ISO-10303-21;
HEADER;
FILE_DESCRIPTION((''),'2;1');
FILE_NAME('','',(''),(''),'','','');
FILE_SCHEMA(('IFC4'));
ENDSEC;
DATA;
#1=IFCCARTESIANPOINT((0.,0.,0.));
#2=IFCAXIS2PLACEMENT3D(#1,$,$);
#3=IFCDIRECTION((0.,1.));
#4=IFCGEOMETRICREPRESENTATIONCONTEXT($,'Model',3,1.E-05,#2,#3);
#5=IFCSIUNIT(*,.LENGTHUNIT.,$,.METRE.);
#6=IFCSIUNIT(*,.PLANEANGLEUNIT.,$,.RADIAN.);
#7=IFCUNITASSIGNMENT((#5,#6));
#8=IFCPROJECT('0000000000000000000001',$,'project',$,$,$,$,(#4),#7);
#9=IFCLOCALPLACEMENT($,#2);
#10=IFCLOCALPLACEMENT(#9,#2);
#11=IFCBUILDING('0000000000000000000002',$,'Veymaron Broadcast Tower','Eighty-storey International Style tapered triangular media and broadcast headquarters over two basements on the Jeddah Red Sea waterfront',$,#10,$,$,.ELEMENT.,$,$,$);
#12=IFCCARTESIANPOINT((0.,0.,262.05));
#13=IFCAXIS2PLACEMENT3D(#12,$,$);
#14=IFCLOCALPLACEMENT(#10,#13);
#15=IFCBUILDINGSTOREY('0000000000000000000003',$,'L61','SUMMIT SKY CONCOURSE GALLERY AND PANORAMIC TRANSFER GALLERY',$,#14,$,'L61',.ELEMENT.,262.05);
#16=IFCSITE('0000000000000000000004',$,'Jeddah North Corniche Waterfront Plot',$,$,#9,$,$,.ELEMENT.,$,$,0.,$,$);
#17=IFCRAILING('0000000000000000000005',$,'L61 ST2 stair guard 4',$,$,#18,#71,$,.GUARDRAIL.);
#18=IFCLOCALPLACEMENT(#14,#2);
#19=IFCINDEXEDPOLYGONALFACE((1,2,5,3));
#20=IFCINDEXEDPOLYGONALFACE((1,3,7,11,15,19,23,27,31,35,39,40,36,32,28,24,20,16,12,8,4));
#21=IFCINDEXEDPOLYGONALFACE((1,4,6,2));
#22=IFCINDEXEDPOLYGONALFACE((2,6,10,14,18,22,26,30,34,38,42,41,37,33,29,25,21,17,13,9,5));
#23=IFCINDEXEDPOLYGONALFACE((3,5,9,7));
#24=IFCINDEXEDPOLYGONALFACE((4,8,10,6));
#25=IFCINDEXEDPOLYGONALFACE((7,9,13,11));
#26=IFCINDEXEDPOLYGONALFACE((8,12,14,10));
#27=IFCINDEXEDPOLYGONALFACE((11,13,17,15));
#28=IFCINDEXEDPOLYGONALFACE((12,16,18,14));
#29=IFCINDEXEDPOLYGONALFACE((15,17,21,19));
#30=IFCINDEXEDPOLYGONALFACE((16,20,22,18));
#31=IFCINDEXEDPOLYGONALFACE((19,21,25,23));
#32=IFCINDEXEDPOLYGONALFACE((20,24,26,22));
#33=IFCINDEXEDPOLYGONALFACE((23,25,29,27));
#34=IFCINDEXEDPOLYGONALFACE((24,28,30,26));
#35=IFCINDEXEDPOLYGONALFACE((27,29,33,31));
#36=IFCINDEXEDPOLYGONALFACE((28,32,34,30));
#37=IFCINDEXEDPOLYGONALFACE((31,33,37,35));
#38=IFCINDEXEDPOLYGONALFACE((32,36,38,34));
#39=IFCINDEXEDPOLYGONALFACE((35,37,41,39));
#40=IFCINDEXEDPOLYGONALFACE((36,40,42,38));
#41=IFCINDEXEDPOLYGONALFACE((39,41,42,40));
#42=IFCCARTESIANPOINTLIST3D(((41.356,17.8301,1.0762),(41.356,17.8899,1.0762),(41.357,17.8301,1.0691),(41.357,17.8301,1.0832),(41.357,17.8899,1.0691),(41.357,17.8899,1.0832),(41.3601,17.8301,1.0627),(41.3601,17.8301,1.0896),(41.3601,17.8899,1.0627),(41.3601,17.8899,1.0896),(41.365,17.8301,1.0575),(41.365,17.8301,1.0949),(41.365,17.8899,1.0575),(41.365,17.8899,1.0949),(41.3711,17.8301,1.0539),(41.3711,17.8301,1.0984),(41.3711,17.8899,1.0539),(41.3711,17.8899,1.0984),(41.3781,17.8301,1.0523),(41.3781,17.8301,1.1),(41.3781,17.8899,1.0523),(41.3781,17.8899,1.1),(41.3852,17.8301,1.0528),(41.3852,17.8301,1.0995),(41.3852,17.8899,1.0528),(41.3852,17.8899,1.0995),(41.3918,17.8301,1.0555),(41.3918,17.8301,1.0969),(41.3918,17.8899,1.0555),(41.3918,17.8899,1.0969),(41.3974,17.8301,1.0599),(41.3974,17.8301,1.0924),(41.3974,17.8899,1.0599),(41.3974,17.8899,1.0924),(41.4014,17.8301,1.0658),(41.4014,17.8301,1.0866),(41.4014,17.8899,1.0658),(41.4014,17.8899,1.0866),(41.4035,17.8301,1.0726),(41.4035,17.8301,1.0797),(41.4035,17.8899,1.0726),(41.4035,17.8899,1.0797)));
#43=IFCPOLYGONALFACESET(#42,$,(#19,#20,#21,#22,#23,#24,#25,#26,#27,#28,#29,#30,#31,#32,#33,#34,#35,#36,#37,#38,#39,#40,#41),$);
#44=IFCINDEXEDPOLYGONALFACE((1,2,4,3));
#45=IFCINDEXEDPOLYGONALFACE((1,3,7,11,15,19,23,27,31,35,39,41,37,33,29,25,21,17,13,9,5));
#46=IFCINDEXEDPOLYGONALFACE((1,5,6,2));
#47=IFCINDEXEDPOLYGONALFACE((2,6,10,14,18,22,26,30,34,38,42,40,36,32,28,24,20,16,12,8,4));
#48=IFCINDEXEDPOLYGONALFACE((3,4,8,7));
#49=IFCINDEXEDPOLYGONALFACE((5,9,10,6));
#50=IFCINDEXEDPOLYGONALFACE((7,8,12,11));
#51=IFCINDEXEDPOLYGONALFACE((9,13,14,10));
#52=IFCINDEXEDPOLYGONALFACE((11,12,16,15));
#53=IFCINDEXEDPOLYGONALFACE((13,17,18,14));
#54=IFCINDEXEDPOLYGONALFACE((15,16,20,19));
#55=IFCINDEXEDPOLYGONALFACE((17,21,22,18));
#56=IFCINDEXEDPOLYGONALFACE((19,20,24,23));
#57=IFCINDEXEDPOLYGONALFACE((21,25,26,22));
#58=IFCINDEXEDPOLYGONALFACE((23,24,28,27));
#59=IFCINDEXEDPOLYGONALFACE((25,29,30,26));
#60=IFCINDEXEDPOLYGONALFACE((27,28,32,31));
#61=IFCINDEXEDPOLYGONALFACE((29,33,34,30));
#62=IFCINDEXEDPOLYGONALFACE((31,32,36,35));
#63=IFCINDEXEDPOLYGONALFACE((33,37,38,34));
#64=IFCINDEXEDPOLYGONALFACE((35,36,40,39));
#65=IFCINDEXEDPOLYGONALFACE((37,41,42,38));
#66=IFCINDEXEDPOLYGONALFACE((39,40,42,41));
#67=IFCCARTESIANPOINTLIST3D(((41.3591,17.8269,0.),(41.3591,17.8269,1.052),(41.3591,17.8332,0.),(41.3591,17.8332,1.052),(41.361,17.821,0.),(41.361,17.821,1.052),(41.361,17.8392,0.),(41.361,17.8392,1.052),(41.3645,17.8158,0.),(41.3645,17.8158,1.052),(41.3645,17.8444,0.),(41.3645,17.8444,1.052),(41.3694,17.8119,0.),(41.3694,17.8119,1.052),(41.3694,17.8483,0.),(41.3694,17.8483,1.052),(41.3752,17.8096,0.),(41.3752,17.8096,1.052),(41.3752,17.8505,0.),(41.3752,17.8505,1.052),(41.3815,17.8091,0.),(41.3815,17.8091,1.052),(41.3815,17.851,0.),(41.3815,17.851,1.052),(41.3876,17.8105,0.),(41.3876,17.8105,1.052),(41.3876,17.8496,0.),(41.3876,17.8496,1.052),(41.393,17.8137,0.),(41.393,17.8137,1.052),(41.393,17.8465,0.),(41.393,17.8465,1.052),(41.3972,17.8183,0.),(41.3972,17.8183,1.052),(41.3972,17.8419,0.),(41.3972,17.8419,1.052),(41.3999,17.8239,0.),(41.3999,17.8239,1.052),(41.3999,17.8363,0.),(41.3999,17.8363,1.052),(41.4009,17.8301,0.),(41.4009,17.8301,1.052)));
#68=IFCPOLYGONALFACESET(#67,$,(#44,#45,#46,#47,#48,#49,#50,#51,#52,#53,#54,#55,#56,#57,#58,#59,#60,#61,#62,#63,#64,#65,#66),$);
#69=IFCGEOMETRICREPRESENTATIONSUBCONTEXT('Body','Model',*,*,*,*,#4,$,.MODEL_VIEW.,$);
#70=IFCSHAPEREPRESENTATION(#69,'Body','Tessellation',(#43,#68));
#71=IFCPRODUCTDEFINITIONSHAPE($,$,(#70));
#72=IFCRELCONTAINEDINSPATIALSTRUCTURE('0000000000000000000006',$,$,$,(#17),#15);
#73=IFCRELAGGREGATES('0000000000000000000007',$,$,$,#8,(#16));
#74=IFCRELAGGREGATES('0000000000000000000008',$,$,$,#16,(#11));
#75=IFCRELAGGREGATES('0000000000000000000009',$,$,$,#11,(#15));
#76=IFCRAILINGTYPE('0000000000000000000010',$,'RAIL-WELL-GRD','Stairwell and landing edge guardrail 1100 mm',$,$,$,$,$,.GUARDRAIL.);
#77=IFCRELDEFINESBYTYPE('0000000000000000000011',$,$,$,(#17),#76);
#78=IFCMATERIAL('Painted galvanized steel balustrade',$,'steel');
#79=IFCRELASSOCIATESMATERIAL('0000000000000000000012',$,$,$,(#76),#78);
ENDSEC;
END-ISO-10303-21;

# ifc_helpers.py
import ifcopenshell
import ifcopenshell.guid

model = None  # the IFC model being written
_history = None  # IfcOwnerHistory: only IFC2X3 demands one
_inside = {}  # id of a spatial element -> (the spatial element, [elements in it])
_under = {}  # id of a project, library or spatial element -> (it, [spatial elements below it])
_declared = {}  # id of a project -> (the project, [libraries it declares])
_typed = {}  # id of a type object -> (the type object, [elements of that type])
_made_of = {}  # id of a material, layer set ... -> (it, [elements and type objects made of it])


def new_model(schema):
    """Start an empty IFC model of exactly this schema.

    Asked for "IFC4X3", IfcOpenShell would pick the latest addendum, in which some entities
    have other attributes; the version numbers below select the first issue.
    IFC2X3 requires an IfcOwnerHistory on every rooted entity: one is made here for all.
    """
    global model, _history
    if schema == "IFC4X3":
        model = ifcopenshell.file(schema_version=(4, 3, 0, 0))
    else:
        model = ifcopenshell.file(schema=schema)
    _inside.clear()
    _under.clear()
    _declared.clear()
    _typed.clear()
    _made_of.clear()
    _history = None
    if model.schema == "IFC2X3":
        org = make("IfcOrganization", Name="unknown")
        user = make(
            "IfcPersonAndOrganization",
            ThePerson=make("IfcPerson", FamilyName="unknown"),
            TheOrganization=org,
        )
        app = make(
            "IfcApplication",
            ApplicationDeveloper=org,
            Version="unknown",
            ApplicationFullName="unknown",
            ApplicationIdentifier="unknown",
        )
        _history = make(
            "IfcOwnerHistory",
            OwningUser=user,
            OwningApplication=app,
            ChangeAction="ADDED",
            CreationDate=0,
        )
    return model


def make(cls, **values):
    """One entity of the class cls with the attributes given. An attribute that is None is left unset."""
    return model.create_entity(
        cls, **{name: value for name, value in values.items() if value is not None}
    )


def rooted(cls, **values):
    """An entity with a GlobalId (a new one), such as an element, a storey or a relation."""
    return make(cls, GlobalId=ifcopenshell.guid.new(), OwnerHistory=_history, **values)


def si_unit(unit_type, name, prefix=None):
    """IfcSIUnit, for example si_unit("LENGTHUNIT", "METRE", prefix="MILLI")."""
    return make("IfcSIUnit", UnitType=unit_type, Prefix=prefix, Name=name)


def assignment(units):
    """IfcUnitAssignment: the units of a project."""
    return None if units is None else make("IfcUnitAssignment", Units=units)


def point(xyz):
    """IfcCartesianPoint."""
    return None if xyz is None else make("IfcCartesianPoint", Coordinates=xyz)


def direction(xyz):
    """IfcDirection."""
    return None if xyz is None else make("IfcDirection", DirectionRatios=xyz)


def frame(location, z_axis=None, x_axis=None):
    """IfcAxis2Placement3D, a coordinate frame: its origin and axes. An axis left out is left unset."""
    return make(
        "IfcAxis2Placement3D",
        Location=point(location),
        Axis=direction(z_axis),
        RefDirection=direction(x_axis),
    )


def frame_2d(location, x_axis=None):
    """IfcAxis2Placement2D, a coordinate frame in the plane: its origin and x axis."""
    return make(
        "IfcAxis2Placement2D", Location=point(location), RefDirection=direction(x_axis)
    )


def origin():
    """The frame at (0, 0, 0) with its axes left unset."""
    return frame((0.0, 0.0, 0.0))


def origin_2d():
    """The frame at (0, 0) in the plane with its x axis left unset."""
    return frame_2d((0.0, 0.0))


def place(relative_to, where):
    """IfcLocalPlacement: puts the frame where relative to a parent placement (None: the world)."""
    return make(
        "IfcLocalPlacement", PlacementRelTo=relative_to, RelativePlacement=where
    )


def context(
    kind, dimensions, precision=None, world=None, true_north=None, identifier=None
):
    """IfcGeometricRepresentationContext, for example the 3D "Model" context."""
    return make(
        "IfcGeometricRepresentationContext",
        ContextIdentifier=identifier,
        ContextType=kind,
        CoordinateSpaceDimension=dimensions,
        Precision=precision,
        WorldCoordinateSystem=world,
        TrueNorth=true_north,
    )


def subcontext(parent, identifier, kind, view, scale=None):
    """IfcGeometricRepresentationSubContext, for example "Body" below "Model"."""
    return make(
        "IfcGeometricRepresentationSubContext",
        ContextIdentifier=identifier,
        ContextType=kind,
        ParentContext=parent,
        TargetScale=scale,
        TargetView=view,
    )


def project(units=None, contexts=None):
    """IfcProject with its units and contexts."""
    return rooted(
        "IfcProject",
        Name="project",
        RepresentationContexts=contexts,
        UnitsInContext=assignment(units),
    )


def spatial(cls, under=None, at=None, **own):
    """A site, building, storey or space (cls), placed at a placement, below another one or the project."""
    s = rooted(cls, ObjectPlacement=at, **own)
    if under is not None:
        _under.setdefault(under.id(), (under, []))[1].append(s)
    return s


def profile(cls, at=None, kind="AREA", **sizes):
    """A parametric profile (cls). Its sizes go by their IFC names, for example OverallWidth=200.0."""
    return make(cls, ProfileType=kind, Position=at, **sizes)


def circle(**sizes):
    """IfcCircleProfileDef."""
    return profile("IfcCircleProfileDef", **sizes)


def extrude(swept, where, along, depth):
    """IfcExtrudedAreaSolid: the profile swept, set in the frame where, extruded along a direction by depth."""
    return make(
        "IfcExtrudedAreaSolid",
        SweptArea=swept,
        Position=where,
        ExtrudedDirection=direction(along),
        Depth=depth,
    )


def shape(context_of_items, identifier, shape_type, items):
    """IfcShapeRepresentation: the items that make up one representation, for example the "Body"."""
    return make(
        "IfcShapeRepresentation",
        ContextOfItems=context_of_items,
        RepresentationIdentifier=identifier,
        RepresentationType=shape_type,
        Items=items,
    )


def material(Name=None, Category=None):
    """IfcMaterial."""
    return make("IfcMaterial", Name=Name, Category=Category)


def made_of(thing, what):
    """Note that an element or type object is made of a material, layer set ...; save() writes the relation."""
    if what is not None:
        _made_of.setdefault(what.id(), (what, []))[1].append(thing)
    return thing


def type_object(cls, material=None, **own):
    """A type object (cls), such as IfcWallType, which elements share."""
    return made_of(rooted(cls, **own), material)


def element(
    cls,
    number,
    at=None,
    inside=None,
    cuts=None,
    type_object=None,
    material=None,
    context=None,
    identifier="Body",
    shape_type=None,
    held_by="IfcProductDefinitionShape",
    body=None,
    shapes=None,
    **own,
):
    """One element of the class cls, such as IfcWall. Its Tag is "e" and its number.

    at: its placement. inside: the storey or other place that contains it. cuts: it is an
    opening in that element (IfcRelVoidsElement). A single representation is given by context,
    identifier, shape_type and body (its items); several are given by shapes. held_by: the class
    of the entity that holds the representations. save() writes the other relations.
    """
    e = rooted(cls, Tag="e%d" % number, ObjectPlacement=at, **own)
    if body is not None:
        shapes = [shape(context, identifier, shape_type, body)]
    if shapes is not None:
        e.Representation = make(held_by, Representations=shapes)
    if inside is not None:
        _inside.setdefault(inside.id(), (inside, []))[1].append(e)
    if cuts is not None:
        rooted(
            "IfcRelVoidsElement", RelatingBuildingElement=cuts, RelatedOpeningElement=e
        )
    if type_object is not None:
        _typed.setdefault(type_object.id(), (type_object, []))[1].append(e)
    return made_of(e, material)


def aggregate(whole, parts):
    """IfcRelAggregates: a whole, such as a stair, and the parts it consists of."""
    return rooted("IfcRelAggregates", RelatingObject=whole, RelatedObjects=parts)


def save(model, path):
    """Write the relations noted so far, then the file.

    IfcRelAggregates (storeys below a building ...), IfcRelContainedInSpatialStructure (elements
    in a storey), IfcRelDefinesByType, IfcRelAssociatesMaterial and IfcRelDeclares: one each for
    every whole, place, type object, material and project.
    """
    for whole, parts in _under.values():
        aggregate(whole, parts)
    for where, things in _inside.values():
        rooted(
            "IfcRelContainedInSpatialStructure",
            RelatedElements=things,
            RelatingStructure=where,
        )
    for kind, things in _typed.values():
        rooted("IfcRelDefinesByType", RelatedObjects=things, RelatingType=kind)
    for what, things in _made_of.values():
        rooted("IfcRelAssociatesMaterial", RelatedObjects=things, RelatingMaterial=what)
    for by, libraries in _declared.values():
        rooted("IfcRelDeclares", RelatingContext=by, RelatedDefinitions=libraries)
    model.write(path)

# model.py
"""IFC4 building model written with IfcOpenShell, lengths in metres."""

from ifc_helpers import new_model, si_unit, direction, frame, origin, origin_2d, place, context, subcontext, project, spatial, circle, extrude, material, type_object, element, save


model = new_model("IFC4")

# Units and contexts
model_context = context("Model", 3, precision=1e-05, world=origin(), true_north=direction((0.0, 1.0)))
body_context = subcontext(model_context, "Body", "Model", "MODEL_VIEW")
ifc_project = project(units=[si_unit("LENGTHUNIT", "METRE"), si_unit("PLANEANGLEUNIT", "RADIAN")], contexts=[model_context])

# Site, building, storey
site_placement = place(None, origin())
site = spatial("IfcSite", under=ifc_project, at=site_placement, Name="Jeddah North Corniche Waterfront Plot", CompositionType="ELEMENT", RefElevation=0.0)
building_placement = place(site_placement, origin())
building = spatial("IfcBuilding", under=site, at=building_placement, Name="Veymaron Broadcast Tower", Description="Eighty-storey International Style tapered triangular media and broadcast headquarters over two basements on the Jeddah Red Sea waterfront", CompositionType="ELEMENT")
storey_placement = place(building_placement, frame((0.0, 0.0, 262.05)))
storey = spatial("IfcBuildingStorey", under=building, at=storey_placement, Name="L61", Description="SUMMIT SKY CONCOURSE GALLERY AND PANORAMIC TRANSFER GALLERY", LongName="L61", CompositionType="ELEMENT", Elevation=262.05)

# Railing
ifc_material_1 = material(Name="Painted galvanized steel balustrade", Category="steel")
railing_type_1 = type_object("IfcRailingType", Name="RAIL-WELL-GRD", Description="Stairwell and landing edge guardrail 1100 mm", PredefinedType="GUARDRAIL", material=ifc_material_1)
railing_1_placement = place(storey_placement, frame((41.3799, 17.8301, 0.0)))
element("IfcRailing", 1, at=railing_1_placement, inside=storey, type_object=railing_type_1, Name="L61 ST2 stair guard 4", PredefinedType="GUARDRAIL", context=body_context, shape_type="SweptSolid", body=[
    extrude(circle(Radius=0.0239, at=origin_2d()), frame((0.0, 0.0, 1.0762), z_axis=(0.0, 1.0, 0.0), x_axis=(-1.0, 0.0, 0.0)), (0.0, 0.0, 1.0), 0.0598),
    extrude(circle(Radius=0.021, at=origin_2d()), origin(), (0.0, 0.0, 1.0), 1.052),
])

save(model, "model.ifc")
